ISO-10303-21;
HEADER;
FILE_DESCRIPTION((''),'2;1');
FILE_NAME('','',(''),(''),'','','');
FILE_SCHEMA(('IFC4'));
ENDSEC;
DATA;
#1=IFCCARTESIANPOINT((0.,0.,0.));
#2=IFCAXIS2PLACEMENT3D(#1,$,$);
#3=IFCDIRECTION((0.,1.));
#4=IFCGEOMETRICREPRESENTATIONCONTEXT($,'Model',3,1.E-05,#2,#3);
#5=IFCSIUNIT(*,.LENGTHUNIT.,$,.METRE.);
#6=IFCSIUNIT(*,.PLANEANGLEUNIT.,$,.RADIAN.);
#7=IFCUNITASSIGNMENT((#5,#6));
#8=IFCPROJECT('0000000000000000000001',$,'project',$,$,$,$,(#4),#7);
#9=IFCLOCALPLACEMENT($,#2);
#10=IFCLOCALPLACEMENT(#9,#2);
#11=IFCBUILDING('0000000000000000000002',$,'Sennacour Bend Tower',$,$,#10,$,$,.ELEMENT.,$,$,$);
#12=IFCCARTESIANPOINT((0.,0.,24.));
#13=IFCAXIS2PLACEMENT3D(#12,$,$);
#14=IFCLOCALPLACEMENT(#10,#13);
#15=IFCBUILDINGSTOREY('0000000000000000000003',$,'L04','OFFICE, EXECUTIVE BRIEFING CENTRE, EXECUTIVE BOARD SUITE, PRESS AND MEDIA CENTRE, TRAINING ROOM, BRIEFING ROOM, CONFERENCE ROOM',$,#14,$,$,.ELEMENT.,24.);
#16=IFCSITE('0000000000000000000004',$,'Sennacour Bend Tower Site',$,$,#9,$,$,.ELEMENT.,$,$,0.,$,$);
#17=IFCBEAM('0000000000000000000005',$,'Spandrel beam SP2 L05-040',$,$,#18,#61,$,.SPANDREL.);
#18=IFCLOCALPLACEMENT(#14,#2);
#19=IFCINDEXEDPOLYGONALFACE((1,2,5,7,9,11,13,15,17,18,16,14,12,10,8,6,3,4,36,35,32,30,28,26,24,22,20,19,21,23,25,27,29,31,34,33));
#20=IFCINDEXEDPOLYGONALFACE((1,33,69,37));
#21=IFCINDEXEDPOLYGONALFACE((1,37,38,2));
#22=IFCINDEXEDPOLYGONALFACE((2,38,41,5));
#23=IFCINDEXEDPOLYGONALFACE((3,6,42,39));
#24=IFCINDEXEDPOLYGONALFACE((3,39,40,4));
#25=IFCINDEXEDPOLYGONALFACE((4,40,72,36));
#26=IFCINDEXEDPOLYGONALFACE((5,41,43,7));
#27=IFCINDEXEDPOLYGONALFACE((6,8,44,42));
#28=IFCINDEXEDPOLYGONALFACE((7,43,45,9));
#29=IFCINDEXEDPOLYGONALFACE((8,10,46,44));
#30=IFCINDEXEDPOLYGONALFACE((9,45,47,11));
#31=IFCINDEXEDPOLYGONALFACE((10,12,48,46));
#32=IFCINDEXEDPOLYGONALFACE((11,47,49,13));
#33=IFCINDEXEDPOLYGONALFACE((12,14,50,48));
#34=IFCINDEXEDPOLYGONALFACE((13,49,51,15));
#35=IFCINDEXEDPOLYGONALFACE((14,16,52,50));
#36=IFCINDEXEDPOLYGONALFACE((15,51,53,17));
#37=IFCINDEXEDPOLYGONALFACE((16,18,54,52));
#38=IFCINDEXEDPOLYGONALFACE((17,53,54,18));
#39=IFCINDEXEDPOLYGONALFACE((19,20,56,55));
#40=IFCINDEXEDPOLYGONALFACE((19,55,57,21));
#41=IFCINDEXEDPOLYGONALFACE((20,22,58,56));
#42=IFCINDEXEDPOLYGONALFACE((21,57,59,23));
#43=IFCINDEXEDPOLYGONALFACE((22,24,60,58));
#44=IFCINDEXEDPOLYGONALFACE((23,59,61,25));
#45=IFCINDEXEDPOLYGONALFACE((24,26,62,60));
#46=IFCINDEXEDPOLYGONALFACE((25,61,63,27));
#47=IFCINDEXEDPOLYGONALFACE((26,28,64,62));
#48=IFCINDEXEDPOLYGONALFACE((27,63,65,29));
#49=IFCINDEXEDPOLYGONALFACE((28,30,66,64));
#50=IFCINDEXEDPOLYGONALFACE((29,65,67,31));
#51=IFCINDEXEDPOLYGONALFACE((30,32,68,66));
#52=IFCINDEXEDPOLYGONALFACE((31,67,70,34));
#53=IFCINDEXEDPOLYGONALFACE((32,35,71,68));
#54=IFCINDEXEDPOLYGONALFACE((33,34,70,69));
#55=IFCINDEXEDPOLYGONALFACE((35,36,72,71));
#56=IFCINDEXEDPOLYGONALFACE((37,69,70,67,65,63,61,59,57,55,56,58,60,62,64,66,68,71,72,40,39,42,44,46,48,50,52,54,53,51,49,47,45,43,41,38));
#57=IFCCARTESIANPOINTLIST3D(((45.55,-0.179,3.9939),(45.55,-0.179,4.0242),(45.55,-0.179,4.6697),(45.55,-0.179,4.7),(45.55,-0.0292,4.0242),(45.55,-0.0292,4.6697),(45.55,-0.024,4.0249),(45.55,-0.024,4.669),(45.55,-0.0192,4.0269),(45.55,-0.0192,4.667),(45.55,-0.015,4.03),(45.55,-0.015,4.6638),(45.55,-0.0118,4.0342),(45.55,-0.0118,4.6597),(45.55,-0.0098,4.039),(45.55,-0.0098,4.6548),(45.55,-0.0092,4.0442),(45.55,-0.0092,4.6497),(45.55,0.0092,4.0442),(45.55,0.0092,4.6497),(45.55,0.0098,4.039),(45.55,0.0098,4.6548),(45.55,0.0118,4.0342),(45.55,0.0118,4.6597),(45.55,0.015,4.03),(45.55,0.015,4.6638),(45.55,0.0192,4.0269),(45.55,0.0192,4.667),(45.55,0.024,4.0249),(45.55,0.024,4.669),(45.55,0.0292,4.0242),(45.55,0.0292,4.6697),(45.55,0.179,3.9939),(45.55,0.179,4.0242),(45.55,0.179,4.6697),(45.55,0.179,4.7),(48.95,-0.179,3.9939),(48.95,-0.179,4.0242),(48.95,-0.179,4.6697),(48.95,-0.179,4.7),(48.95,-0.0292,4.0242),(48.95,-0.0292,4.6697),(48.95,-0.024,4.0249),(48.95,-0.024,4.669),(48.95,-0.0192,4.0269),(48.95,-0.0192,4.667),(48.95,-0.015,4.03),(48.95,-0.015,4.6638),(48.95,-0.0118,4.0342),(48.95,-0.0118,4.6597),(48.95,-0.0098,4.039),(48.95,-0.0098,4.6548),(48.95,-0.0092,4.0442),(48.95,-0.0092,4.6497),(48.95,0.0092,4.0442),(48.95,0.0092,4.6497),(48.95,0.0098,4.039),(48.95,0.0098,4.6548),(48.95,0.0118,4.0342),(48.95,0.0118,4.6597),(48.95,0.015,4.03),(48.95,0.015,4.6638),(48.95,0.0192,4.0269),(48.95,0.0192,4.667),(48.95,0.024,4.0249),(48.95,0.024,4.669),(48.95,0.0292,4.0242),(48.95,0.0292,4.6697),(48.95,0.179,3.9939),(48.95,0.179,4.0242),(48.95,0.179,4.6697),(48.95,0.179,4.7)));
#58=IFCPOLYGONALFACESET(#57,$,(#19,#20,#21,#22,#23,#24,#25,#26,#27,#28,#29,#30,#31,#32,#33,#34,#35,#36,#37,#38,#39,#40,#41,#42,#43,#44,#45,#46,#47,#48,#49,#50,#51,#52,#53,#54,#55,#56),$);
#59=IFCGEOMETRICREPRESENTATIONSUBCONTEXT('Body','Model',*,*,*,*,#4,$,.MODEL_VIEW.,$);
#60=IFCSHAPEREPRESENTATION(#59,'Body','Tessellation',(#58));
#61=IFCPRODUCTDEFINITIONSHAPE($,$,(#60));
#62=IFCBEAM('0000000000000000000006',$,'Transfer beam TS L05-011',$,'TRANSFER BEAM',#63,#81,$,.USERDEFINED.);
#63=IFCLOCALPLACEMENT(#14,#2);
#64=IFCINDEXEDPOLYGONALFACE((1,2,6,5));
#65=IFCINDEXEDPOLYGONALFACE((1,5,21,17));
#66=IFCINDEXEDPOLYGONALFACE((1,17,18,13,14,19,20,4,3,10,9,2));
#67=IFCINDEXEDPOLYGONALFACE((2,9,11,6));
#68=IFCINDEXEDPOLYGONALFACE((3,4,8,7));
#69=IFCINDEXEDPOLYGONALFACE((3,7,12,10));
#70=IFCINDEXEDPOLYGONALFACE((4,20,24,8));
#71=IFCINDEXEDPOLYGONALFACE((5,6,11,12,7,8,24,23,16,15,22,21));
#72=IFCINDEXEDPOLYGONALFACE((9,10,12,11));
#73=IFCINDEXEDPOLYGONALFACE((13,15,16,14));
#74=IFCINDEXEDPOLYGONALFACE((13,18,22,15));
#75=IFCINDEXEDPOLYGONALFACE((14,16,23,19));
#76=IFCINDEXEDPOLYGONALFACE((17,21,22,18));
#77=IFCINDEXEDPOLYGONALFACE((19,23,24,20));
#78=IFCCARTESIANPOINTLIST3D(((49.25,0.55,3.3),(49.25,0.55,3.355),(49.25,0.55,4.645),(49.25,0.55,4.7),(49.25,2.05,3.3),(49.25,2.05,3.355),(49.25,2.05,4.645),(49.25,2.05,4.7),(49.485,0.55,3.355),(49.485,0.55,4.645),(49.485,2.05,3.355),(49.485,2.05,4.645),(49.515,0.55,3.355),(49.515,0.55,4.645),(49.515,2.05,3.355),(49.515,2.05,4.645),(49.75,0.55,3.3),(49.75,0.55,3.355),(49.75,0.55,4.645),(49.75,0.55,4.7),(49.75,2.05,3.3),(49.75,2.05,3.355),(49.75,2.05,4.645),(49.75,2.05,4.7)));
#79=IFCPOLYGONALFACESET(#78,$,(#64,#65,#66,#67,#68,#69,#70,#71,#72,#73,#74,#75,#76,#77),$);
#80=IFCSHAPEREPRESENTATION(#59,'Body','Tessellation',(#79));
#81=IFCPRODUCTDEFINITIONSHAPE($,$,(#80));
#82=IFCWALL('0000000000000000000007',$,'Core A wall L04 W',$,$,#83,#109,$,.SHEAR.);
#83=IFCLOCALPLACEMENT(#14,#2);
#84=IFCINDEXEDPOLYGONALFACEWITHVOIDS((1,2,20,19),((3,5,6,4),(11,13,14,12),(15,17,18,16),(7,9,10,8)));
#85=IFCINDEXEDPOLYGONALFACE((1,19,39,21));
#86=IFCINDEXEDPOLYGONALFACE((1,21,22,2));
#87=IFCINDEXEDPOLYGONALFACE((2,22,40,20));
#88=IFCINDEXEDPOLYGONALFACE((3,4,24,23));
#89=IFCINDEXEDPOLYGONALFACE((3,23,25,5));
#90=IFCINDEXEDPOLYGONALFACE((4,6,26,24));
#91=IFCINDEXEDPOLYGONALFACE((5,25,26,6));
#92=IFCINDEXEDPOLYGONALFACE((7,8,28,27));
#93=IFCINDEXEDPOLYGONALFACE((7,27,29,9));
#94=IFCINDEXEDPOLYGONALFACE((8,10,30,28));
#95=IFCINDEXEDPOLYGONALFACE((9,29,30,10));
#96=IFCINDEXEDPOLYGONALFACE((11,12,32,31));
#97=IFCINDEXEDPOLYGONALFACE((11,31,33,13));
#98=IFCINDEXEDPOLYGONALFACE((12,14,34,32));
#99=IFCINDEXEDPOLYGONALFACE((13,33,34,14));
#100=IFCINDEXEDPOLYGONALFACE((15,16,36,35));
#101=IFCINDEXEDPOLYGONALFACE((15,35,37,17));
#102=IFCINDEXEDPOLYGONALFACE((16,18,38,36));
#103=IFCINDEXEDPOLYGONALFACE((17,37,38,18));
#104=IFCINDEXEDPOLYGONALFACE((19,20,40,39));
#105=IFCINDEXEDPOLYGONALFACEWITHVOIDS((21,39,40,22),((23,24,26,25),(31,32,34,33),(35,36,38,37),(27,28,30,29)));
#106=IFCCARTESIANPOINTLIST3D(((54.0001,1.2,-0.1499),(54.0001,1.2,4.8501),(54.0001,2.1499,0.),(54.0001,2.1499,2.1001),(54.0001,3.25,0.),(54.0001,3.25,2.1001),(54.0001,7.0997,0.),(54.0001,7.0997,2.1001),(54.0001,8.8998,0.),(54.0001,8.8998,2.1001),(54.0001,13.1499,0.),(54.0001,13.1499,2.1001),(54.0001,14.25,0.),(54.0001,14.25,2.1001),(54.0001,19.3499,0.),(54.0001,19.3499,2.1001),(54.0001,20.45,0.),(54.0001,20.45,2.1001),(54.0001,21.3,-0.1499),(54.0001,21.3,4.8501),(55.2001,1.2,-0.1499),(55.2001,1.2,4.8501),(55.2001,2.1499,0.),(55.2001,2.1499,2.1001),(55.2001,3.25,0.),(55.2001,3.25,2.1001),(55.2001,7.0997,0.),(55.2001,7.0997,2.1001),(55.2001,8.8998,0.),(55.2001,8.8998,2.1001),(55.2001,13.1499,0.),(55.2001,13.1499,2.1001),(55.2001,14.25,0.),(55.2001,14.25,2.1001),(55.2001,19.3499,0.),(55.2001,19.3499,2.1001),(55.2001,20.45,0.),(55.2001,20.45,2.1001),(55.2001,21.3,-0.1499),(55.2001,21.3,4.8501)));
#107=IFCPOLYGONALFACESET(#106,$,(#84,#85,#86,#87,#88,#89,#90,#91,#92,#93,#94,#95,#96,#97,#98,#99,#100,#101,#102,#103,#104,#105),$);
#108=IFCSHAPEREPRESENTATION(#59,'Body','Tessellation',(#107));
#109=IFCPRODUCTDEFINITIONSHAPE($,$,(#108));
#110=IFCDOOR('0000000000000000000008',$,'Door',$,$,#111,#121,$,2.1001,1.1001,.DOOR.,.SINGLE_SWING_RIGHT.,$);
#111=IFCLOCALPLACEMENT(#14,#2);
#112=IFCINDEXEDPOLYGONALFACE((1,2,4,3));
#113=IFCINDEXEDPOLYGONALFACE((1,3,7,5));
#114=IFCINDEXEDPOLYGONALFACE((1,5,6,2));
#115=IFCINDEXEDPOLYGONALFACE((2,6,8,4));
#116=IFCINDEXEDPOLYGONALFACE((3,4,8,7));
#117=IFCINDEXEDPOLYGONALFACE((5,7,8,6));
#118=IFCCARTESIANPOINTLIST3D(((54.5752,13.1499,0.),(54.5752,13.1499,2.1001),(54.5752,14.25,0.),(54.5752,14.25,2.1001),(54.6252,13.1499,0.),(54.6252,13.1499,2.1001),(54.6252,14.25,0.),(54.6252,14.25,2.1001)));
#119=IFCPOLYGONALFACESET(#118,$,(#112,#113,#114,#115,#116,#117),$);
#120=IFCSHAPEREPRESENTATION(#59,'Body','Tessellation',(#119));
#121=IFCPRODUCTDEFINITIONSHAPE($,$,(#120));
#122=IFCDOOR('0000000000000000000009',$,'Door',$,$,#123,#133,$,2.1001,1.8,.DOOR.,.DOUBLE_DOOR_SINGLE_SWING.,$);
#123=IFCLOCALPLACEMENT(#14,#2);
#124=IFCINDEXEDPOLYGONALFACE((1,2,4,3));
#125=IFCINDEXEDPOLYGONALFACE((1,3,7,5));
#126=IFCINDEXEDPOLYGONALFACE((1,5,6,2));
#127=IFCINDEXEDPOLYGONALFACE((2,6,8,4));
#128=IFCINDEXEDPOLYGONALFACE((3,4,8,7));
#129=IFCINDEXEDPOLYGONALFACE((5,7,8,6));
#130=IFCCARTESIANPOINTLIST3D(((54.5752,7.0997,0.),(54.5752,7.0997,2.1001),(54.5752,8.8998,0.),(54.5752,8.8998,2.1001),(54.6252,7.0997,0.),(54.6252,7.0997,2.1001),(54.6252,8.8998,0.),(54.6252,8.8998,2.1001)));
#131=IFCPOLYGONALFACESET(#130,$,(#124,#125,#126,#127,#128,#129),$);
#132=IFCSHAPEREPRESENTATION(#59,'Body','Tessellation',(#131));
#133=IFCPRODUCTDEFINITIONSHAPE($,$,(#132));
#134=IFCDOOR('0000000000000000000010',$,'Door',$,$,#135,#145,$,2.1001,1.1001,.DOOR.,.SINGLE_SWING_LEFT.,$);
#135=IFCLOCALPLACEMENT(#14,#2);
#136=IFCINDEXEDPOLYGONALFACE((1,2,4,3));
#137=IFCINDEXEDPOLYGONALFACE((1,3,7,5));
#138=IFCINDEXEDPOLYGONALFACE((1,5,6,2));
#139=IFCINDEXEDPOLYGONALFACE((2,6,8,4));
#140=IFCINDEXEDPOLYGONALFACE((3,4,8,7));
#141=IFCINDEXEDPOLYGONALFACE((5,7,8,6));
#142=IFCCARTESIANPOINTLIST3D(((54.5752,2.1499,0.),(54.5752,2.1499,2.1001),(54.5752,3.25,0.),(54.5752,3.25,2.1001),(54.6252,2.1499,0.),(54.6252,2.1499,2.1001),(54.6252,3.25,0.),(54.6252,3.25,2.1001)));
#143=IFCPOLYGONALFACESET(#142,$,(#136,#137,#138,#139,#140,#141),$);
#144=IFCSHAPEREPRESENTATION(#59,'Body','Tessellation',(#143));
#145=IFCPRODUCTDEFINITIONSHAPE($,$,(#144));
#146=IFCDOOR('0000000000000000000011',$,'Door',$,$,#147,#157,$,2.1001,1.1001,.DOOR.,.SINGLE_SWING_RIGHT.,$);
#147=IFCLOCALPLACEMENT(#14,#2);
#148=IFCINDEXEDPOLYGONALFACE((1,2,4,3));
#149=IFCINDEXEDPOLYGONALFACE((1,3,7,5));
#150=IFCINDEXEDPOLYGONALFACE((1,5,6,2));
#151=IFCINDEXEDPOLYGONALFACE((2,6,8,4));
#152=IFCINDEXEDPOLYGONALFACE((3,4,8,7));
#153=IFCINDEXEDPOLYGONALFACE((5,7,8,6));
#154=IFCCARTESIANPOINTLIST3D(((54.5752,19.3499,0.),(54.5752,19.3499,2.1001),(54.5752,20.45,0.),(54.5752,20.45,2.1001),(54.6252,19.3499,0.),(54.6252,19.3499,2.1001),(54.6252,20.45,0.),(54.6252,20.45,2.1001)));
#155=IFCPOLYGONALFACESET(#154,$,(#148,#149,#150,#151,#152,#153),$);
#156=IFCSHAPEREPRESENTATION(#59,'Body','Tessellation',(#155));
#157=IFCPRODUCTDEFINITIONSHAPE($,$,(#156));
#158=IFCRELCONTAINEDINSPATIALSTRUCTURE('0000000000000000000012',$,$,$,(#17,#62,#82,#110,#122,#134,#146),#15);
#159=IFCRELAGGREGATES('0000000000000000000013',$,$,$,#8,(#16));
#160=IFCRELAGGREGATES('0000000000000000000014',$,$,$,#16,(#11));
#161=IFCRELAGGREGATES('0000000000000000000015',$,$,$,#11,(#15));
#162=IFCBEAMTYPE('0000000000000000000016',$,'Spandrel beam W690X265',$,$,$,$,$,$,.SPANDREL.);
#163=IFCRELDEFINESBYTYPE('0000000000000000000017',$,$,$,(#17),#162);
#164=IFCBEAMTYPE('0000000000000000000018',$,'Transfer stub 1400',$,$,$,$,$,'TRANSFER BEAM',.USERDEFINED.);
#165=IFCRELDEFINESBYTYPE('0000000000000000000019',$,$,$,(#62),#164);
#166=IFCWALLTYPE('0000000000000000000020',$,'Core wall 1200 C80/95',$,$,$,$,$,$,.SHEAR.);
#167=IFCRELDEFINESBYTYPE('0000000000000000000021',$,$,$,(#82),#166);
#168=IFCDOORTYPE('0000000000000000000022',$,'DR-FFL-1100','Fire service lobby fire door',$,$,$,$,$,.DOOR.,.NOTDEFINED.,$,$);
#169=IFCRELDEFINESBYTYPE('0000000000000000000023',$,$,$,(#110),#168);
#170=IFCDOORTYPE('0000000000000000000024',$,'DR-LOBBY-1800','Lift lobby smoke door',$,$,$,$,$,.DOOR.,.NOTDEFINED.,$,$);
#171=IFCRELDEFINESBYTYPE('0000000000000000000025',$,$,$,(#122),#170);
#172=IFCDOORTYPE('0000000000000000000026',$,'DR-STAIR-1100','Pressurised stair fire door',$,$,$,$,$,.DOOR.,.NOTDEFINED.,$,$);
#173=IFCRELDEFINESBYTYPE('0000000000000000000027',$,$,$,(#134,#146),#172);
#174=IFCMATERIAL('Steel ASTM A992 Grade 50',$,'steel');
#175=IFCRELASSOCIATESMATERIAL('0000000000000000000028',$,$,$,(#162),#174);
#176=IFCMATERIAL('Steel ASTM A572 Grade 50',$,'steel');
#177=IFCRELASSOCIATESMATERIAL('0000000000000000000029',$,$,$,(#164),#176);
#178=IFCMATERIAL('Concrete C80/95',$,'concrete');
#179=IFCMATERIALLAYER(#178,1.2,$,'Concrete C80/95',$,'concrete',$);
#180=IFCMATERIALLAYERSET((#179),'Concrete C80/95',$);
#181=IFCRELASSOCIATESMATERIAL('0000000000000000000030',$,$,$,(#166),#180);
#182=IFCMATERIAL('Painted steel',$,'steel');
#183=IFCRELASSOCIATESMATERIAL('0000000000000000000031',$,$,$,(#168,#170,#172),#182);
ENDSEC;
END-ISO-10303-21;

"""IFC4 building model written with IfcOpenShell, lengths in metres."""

from ifc_helpers import new_model, si_unit, direction, frame, frame_2d, origin, origin_2d, place, context, subcontext, project, spatial, rectangle, i_section, extrude, material, layer, layer_set, material_profile, profile_set, type_object, element, fill, save


model = new_model("IFC4")

# Units and contexts
model_context = context("Model", 3, precision=1e-05, world=origin(), true_north=direction((0.0, 1.0)))
body_context = subcontext(model_context, "Body", "Model", "MODEL_VIEW")
ifc_project = project(units=[si_unit("LENGTHUNIT", "METRE"), si_unit("PLANEANGLEUNIT", "RADIAN")], contexts=[model_context])

# Site, building, storey
site_placement = place(None, origin())
site = spatial("IfcSite", under=ifc_project, at=site_placement, Name="Sennacour Bend Tower Site", CompositionType="ELEMENT", RefElevation=0.0)
building_placement = place(site_placement, origin())
building = spatial("IfcBuilding", under=site, at=building_placement, Name="Sennacour Bend Tower", CompositionType="ELEMENT")
storey_placement = place(building_placement, frame((0.0, 0.0, 24.0)))
storey = spatial("IfcBuildingStorey", under=building, at=storey_placement, Name="L04", Description="OFFICE, EXECUTIVE BRIEFING CENTRE, EXECUTIVE BOARD SUITE, PRESS AND MEDIA CENTRE, TRAINING ROOM, BRIEFING ROOM, CONFERENCE ROOM", CompositionType="ELEMENT", Elevation=24.0)

# Shared definitions
ifc_material_1 = material(Name="Steel ASTM A572 Grade 50", Category="steel")

# Beams
ifc_material_2 = material(Name="Steel ASTM A992 Grade 50", Category="steel")
ifc_material_profile_1 = material_profile(ifc_material_2, i_section(OverallWidth=0.3579, OverallDepth=0.7061, WebThickness=0.0183, FlangeThickness=0.0303, FilletRadius=0.02, at=origin_2d()), Name="Steel ASTM A992 Grade 50", Category="steel")
ifc_profile_set_1 = profile_set([ifc_material_profile_1], Name="Steel ASTM A992 Grade 50")
beam_type_1 = type_object("IfcBeamType", Name="Spandrel beam W690X265", PredefinedType="SPANDREL", material=ifc_profile_set_1)
beam_1_placement = place(storey_placement, frame((48.95, 0.0, 4.3469), z_axis=(-1.0, 0.0, 0.0), x_axis=(0.0, -1.0, 0.0)))
element("IfcBeam", 1, at=beam_1_placement, inside=storey, type_object=beam_type_1, Name="Spandrel beam SP2 L05-040", PredefinedType="SPANDREL", context=body_context, shape_type="SweptSolid", body=[
    extrude(i_section(OverallWidth=0.3579, OverallDepth=0.7061, WebThickness=0.0183, FlangeThickness=0.0303, FilletRadius=0.02, at=origin_2d()), origin(), (0.0, 0.0, 1.0), 3.3999),
])
ifc_material_profile_2 = material_profile(ifc_material_1, i_section(OverallWidth=0.5, OverallDepth=1.3999, WebThickness=0.03, FlangeThickness=0.0549, at=origin_2d()), Name="Steel ASTM A572 Grade 50", Category="steel")
ifc_profile_set_2 = profile_set([ifc_material_profile_2], Name="Steel ASTM A572 Grade 50")
beam_type_2 = type_object("IfcBeamType", Name="Transfer stub 1400", ElementType="TRANSFER BEAM", PredefinedType="USERDEFINED", material=ifc_profile_set_2)
beam_2_placement = place(storey_placement, frame((49.5, 0.55, 4.0), z_axis=(0.0, 1.0, 0.0), x_axis=(-1.0, 0.0, 0.0)))
element("IfcBeam", 2, at=beam_2_placement, inside=storey, type_object=beam_type_2, Name="Transfer beam TS L05-011", ObjectType="TRANSFER BEAM", PredefinedType="USERDEFINED", context=body_context, shape_type="SweptSolid", body=[
    extrude(i_section(OverallWidth=0.5, OverallDepth=1.3999, WebThickness=0.03, FlangeThickness=0.0549, at=origin_2d()), origin(), (0.0, 0.0, 1.0), 1.5),
])

# Wall, openings, doors
ifc_material_3 = material(Name="Concrete C80/95", Category="concrete")
ifc_layer_1 = layer(ifc_material_3, 1.2, Name="Concrete C80/95", Category="concrete")
ifc_layer_set_1 = layer_set([ifc_layer_1], Name="Concrete C80/95")
wall_type_1 = type_object("IfcWallType", Name="Core wall 1200 C80/95", PredefinedType="SHEAR", material=ifc_layer_set_1)
wall_1_placement = place(storey_placement, frame((54.6001, 1.2, -0.1499), z_axis=(0.0, 0.0, 1.0), x_axis=(0.0, 1.0, 0.0)))
wall_1 = element("IfcWall", 3, at=wall_1_placement, inside=storey, type_object=wall_type_1, Name="Core A wall L04 W", PredefinedType="SHEAR", context=body_context, shape_type="SweptSolid", body=[
    extrude(rectangle(XDim=20.1001, YDim=1.2, at=frame_2d((10.05, 0.0))), origin(), (0.0, 0.0, 1.0), 5.0),
])
opening_1_placement = place(wall_1_placement, frame((5.8999, 0.0, 0.1499)))
opening_1 = element("IfcOpeningElement", 4, at=opening_1_placement, cuts=wall_1, PredefinedType="OPENING", context=body_context, shape_type="SweptSolid", body=[
    extrude(rectangle(XDim=1.8, YDim=2.1001, at=frame_2d((0.8999, 1.05))), frame((0.0, 0.6099, 0.0), z_axis=(0.0, -1.0, 0.0), x_axis=(1.0, 0.0, 0.0)), (0.0, 0.0, 1.0), 1.22),
])
opening_2_placement = place(wall_1_placement, frame((11.95, 0.0, 0.1499)))
opening_2 = element("IfcOpeningElement", 5, at=opening_2_placement, cuts=wall_1, PredefinedType="OPENING", context=body_context, shape_type="SweptSolid", body=[
    extrude(rectangle(XDim=1.1001, YDim=2.1001, at=frame_2d((0.55, 1.05))), frame((0.0, 0.6099, 0.0), z_axis=(0.0, -1.0, 0.0), x_axis=(1.0, 0.0, 0.0)), (0.0, 0.0, 1.0), 1.22),
])
opening_3_placement = place(wall_1_placement, frame((0.95, 0.0, 0.1499)))
opening_3 = element("IfcOpeningElement", 6, at=opening_3_placement, cuts=wall_1, PredefinedType="OPENING", context=body_context, shape_type="SweptSolid", body=[
    extrude(rectangle(XDim=1.1001, YDim=2.1001, at=frame_2d((0.55, 1.05))), frame((0.0, 0.6099, 0.0), z_axis=(0.0, -1.0, 0.0), x_axis=(1.0, 0.0, 0.0)), (0.0, 0.0, 1.0), 1.22),
])
opening_4_placement = place(wall_1_placement, frame((18.1499, 0.0, 0.1499)))
opening_4 = element("IfcOpeningElement", 7, at=opening_4_placement, cuts=wall_1, PredefinedType="OPENING", context=body_context, shape_type="SweptSolid", body=[
    extrude(rectangle(XDim=1.1001, YDim=2.1001, at=frame_2d((0.55, 1.05))), frame((0.0, 0.6099, 0.0), z_axis=(0.0, -1.0, 0.0), x_axis=(1.0, 0.0, 0.0)), (0.0, 0.0, 1.0), 1.22),
])
ifc_material_4 = material(Name="Painted steel", Category="steel")
door_type_1 = type_object("IfcDoorType", Name="DR-FFL-1100", Description="Fire service lobby fire door", OperationType="NOTDEFINED", PredefinedType="DOOR", material=ifc_material_4)
door_1_placement = place(opening_2_placement, origin())
door_1 = element("IfcDoor", 8, at=door_1_placement, inside=storey, type_object=door_type_1, Name="Door", OperationType="SINGLE_SWING_RIGHT", OverallHeight=2.1001, OverallWidth=1.1001, PredefinedType="DOOR", context=body_context, shape_type="SweptSolid", body=[
    extrude(rectangle(XDim=1.1001, YDim=2.1001, at=frame_2d((0.55, 1.05))), frame((0.0, 0.0249, 0.0), z_axis=(0.0, -1.0, 0.0), x_axis=(1.0, 0.0, 0.0)), (0.0, 0.0, 1.0), 0.05),
])
fill(opening_2, door_1)
door_type_2 = type_object("IfcDoorType", Name="DR-LOBBY-1800", Description="Lift lobby smoke door", OperationType="NOTDEFINED", PredefinedType="DOOR", material=ifc_material_4)
door_2_placement = place(opening_1_placement, origin())
door_2 = element("IfcDoor", 9, at=door_2_placement, inside=storey, type_object=door_type_2, Name="Door", OperationType="DOUBLE_DOOR_SINGLE_SWING", OverallHeight=2.1001, OverallWidth=1.8, PredefinedType="DOOR", context=body_context, shape_type="SweptSolid", body=[
    extrude(rectangle(XDim=1.8, YDim=2.1001, at=frame_2d((0.8999, 1.05))), frame((0.0, 0.0249, 0.0), z_axis=(0.0, -1.0, 0.0), x_axis=(1.0, 0.0, 0.0)), (0.0, 0.0, 1.0), 0.05),
])
fill(opening_1, door_2)
door_type_3 = type_object("IfcDoorType", Name="DR-STAIR-1100", Description="Pressurised stair fire door", OperationType="NOTDEFINED", PredefinedType="DOOR", material=ifc_material_4)
door_3_placement = place(opening_3_placement, origin())
door_3 = element("IfcDoor", 10, at=door_3_placement, inside=storey, type_object=door_type_3, Name="Door", OperationType="SINGLE_SWING_LEFT", OverallHeight=2.1001, OverallWidth=1.1001, PredefinedType="DOOR", context=body_context, shape_type="SweptSolid", body=[
    extrude(rectangle(XDim=1.1001, YDim=2.1001, at=frame_2d((0.55, 1.05))), frame((0.0, 0.0249, 0.0), z_axis=(0.0, -1.0, 0.0), x_axis=(1.0, 0.0, 0.0)), (0.0, 0.0, 1.0), 0.05),
])
fill(opening_3, door_3)
door_4_placement = place(opening_4_placement, origin())
door_4 = element("IfcDoor", 11, at=door_4_placement, inside=storey, type_object=door_type_3, Name="Door", OperationType="SINGLE_SWING_RIGHT", OverallHeight=2.1001, OverallWidth=1.1001, PredefinedType="DOOR", context=body_context, shape_type="SweptSolid", body=[
    extrude(rectangle(XDim=1.1001, YDim=2.1001, at=frame_2d((0.55, 1.05))), frame((0.0, 0.0249, 0.0), z_axis=(0.0, -1.0, 0.0), x_axis=(1.0, 0.0, 0.0)), (0.0, 0.0, 1.0), 0.05),
])
fill(opening_4, door_4)

save(model, "model.ifc")
